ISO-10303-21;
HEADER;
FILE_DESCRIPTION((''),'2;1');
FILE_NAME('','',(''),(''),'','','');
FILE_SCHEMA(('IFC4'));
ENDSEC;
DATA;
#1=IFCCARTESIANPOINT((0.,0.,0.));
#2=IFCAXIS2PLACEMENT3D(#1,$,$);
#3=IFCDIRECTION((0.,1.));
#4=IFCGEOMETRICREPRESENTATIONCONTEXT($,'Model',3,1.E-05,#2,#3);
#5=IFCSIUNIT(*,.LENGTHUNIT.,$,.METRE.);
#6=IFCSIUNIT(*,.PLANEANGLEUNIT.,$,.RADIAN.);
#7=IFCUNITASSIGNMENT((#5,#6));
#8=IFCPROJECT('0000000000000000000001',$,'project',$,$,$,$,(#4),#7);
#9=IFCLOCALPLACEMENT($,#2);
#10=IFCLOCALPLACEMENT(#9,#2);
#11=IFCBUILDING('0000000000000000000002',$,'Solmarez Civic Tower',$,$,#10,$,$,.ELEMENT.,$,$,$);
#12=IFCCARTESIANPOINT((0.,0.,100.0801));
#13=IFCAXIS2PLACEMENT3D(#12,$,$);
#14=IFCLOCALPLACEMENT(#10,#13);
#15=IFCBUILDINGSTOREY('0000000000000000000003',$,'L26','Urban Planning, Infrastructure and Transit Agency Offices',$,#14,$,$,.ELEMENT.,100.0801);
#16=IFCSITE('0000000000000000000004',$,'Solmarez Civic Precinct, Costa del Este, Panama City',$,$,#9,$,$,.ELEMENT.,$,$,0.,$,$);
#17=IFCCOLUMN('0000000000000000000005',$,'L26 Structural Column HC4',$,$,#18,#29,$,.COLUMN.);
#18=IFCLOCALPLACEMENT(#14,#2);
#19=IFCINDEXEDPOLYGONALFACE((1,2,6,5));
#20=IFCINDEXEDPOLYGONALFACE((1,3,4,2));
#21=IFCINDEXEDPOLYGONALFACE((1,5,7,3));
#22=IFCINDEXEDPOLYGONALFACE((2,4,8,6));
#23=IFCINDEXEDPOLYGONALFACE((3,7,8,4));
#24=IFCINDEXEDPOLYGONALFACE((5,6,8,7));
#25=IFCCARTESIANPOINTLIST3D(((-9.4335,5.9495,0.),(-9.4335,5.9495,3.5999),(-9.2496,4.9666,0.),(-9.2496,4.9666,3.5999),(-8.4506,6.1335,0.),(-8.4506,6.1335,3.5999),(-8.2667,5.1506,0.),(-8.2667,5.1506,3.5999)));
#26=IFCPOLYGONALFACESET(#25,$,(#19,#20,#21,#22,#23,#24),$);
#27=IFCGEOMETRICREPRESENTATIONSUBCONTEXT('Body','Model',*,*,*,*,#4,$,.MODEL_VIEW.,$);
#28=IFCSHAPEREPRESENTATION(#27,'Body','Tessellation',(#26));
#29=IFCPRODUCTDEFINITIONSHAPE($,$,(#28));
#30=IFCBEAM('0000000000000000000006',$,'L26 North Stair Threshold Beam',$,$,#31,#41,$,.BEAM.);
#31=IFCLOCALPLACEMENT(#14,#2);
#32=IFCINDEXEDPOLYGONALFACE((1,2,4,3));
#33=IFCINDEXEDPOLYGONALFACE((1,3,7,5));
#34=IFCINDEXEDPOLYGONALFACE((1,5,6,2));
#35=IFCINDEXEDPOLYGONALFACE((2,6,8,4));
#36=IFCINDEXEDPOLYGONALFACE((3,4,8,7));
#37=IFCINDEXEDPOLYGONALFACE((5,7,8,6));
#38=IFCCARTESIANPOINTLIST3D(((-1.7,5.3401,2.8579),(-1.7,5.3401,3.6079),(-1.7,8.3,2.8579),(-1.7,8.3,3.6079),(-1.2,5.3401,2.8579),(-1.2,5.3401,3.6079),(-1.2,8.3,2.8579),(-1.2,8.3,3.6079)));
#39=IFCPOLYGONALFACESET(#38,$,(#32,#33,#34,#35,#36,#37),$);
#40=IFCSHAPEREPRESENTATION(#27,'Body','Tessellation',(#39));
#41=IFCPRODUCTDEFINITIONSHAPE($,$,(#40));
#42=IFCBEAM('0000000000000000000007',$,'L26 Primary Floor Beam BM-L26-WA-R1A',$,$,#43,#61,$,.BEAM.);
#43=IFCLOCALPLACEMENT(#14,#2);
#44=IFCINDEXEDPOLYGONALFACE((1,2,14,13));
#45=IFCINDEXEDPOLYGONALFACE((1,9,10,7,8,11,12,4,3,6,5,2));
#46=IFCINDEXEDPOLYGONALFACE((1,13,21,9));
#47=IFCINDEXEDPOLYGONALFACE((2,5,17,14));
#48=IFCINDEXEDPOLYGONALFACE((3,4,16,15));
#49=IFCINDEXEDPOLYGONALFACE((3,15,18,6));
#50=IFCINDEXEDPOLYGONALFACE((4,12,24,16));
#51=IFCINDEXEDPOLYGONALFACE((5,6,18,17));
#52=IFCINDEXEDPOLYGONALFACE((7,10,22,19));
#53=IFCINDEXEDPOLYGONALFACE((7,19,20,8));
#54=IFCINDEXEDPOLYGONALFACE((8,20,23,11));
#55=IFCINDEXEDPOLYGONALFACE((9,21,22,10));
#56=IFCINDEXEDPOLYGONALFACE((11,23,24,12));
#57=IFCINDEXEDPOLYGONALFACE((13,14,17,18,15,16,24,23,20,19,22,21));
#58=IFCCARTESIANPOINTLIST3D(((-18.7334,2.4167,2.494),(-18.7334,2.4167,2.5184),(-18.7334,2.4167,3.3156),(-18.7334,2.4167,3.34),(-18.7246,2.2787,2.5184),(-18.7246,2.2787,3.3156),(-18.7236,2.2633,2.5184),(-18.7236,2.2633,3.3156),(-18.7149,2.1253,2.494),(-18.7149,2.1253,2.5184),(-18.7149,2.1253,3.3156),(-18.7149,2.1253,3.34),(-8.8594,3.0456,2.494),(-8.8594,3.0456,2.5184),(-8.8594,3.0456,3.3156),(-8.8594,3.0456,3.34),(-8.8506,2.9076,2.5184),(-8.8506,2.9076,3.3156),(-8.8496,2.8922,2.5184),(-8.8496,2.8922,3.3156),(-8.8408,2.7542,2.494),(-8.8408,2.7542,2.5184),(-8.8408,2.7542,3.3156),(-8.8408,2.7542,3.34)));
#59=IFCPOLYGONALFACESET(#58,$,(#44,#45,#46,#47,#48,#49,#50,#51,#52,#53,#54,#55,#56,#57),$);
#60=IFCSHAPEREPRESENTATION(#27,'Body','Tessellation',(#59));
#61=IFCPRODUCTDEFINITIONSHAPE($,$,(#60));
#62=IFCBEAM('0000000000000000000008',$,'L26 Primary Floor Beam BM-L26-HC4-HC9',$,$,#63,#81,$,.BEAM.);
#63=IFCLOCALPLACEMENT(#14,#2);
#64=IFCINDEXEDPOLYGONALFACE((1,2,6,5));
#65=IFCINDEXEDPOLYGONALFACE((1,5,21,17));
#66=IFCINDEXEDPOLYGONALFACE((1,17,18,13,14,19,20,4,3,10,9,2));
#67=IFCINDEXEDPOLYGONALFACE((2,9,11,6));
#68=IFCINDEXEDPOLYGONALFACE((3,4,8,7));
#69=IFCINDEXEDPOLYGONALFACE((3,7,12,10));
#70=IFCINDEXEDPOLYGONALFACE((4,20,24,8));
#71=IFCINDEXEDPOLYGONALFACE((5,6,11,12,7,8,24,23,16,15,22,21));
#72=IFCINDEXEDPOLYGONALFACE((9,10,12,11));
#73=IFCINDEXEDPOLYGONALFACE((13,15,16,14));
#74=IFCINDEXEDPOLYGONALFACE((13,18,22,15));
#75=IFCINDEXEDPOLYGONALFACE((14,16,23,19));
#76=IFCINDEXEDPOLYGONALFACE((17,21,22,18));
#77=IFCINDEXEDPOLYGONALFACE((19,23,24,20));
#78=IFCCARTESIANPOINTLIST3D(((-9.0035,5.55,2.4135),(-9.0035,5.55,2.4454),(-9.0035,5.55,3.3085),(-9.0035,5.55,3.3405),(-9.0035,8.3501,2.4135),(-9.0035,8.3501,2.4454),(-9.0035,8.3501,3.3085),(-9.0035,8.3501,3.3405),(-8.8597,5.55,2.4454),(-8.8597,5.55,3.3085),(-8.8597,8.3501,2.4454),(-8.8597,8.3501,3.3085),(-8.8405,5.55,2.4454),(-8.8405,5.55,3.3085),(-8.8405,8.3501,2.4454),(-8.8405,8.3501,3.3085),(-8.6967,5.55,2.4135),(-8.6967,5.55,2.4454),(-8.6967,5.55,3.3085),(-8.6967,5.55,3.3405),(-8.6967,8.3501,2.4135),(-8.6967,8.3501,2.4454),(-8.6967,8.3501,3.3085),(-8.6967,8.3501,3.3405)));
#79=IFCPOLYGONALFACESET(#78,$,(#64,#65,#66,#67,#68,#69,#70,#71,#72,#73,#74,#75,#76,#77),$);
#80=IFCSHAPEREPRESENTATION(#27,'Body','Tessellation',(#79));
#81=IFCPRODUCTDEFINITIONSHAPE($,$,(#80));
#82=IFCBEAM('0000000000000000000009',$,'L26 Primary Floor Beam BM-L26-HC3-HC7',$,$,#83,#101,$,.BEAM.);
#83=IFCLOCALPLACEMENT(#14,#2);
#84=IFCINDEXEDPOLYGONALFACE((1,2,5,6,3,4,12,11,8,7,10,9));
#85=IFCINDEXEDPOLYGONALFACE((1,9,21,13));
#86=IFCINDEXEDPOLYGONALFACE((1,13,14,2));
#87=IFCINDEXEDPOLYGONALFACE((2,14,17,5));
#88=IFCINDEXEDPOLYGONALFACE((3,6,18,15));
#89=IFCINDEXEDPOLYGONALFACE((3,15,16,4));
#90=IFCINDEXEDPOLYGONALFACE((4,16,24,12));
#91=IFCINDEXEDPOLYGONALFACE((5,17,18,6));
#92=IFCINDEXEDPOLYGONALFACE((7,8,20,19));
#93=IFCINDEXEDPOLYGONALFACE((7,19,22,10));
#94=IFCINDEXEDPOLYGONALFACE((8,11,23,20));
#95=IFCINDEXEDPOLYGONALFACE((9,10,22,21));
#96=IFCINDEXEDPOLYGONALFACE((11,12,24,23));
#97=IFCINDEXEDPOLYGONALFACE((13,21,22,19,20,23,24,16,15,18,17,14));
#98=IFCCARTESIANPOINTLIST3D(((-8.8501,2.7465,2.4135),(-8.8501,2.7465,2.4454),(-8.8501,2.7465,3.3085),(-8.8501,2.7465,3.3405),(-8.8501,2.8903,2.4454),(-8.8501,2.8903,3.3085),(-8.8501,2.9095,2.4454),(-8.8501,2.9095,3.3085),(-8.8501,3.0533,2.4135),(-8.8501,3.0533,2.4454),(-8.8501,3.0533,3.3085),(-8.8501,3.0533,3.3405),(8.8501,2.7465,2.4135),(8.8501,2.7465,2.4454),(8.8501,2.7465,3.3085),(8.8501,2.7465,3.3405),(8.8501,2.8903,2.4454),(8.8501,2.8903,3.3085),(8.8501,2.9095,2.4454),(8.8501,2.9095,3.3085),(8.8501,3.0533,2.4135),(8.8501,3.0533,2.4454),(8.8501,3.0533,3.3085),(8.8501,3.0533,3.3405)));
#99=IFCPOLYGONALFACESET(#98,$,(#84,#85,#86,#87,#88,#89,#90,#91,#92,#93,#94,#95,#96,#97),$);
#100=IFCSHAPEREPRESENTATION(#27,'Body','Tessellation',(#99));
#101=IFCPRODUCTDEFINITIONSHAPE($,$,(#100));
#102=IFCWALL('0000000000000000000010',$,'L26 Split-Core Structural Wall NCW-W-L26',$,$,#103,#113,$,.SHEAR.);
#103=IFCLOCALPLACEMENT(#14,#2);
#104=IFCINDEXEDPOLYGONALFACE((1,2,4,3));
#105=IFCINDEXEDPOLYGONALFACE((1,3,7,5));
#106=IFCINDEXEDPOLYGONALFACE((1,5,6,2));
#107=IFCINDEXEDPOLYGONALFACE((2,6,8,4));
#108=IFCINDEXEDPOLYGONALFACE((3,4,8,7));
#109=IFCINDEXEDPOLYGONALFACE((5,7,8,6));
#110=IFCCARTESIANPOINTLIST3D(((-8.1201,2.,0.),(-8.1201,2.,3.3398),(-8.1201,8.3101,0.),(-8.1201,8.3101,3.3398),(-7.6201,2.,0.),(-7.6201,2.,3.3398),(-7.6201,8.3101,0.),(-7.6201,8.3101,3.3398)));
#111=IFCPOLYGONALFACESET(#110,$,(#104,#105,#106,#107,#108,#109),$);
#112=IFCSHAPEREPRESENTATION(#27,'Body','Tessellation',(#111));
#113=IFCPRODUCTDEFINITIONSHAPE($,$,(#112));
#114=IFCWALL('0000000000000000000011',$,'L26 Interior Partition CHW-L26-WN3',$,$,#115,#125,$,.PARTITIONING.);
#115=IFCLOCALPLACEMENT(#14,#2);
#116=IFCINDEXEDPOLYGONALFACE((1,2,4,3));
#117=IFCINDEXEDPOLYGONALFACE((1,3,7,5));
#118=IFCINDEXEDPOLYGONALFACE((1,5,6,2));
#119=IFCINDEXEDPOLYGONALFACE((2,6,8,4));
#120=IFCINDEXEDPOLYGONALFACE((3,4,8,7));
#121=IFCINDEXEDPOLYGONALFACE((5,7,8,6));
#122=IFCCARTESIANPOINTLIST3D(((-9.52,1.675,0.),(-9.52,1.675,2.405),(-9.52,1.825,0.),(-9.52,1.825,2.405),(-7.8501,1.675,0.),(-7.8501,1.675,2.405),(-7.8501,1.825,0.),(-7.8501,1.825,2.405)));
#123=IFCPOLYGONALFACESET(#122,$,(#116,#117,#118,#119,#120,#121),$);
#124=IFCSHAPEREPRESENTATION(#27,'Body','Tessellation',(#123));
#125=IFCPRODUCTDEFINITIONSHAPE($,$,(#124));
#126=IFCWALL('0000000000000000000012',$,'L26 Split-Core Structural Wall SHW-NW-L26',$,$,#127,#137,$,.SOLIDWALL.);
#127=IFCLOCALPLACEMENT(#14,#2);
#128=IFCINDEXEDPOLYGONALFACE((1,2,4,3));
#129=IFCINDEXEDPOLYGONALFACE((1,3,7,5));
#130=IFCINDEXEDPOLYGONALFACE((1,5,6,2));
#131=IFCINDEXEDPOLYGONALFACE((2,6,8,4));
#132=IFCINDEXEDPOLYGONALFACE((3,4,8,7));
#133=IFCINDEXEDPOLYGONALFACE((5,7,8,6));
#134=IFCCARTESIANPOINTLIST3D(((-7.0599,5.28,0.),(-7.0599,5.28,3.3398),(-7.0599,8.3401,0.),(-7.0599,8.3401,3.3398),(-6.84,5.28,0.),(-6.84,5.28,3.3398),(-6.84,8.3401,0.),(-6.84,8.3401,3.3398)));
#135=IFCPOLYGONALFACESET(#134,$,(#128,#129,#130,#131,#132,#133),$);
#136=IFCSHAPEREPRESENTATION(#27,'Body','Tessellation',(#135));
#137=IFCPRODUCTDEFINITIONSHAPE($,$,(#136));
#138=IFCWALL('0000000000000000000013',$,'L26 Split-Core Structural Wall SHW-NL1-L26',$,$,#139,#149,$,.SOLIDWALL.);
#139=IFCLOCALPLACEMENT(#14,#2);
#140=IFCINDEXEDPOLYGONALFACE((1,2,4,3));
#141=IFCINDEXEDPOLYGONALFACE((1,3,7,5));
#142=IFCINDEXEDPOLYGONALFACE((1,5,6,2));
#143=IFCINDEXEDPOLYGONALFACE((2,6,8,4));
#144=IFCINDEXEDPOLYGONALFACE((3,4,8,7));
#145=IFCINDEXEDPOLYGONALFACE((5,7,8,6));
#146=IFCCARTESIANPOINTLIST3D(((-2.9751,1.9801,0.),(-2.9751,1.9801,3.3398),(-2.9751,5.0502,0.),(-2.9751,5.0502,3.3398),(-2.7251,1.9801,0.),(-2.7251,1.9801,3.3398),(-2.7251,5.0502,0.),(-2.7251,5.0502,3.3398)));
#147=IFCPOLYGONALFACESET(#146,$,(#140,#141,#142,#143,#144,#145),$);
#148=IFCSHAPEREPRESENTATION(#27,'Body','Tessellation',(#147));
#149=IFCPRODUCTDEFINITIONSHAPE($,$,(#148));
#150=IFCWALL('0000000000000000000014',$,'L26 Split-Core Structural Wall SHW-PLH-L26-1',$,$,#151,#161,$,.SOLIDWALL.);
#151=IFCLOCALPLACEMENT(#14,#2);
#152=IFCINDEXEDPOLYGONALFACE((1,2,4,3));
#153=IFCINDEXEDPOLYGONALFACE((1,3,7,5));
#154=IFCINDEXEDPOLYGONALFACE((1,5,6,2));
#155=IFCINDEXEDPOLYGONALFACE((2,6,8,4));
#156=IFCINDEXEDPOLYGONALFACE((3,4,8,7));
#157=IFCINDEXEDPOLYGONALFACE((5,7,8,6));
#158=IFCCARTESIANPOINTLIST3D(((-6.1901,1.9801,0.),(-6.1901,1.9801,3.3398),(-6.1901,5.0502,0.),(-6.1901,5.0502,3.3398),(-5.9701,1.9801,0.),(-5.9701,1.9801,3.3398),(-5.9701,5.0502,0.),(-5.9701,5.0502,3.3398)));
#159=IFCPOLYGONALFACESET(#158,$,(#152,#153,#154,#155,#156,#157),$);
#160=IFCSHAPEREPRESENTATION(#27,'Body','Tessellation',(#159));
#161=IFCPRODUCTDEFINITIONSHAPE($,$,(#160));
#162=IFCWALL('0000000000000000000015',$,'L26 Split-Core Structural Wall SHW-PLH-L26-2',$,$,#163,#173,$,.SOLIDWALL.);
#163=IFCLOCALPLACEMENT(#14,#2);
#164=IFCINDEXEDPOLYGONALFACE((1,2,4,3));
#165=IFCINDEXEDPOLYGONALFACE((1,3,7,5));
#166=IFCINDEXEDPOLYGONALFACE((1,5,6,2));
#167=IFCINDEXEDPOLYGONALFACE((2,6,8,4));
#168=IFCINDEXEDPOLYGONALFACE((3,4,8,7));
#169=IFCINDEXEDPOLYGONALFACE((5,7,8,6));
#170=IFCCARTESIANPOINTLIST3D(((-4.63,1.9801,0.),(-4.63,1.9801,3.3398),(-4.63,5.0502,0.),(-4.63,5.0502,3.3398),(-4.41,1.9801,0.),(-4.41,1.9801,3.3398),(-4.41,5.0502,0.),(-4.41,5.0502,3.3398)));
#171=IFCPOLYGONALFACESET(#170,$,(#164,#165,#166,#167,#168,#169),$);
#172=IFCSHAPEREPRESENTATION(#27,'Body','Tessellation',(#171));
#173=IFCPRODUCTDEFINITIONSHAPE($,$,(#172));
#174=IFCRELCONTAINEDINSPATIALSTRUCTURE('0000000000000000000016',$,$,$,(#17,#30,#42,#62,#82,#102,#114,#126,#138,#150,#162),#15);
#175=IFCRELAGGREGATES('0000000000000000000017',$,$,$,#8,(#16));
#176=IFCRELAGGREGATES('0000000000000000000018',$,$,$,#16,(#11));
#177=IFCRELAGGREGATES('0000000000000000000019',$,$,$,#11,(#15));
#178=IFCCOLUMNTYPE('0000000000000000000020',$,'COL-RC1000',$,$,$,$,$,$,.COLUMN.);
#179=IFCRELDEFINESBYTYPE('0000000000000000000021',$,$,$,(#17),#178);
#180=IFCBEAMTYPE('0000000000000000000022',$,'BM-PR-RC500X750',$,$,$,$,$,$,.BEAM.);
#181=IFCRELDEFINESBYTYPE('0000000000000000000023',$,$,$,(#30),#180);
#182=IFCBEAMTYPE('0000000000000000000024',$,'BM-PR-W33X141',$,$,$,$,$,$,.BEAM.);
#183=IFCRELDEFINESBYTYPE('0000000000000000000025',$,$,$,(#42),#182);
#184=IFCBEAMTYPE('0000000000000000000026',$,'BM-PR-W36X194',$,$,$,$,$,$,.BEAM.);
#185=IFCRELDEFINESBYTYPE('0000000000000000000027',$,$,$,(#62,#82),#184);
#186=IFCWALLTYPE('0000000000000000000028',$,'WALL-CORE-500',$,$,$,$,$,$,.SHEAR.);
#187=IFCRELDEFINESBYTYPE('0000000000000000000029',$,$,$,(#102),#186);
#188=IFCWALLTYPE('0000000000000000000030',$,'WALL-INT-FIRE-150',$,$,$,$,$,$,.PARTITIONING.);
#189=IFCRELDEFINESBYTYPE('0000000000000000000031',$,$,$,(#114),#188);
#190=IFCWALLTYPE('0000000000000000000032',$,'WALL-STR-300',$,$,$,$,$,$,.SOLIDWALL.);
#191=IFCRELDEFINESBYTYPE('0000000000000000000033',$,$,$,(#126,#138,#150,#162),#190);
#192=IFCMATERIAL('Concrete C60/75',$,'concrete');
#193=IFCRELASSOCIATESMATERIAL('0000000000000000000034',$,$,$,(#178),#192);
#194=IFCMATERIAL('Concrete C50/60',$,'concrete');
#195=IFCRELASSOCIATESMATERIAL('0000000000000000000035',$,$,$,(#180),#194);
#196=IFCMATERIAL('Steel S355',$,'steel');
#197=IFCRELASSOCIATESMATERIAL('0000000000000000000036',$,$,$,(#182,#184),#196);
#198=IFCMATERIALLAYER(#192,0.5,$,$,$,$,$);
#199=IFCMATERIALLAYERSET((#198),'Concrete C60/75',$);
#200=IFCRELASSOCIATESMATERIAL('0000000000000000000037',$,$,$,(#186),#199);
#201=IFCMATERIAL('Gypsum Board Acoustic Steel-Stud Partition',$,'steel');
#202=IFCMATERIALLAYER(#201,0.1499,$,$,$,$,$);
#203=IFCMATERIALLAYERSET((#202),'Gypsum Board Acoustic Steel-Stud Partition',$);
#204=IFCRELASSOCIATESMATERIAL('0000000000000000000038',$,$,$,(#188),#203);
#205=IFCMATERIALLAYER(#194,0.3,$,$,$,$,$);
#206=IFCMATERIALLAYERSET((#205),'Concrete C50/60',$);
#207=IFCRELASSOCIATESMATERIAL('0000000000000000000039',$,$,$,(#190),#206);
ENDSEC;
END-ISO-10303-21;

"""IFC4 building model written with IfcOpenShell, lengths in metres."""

from ifc_helpers import new_model, si_unit, direction, frame, frame_2d, origin, origin_2d, place, context, subcontext, project, spatial, rectangle, i_section, extrude, material, layer, layer_set, material_profile, profile_set, type_object, element, save


model = new_model("IFC4")

# Units and contexts
model_context = context("Model", 3, precision=1e-05, world=origin(), true_north=direction((0.0, 1.0)))
body_context = subcontext(model_context, "Body", "Model", "MODEL_VIEW")
ifc_project = project(units=[si_unit("LENGTHUNIT", "METRE"), si_unit("PLANEANGLEUNIT", "RADIAN")], contexts=[model_context])

# Site, building, storey
site_placement = place(None, origin())
site = spatial("IfcSite", under=ifc_project, at=site_placement, Name="Solmarez Civic Precinct, Costa del Este, Panama City", CompositionType="ELEMENT", RefElevation=0.0)
building_placement = place(site_placement, origin())
building = spatial("IfcBuilding", under=site, at=building_placement, Name="Solmarez Civic Tower", CompositionType="ELEMENT")
storey_placement = place(building_placement, frame((0.0, 0.0, 100.0801)))
storey = spatial("IfcBuildingStorey", under=building, at=storey_placement, Name="L26", Description="Urban Planning, Infrastructure and Transit Agency Offices", CompositionType="ELEMENT", Elevation=100.0801)

# Column
ifc_material_1 = material(Name="Concrete C60/75", Category="concrete")
ifc_material_profile_1 = material_profile(ifc_material_1, rectangle(XDim=1.0, YDim=1.0, at=origin_2d()), Name="RC1000X1000")
ifc_profile_set_1 = profile_set([ifc_material_profile_1], Name="Concrete C60/75")
column_type = type_object("IfcColumnType", Name="COL-RC1000", PredefinedType="COLUMN", material=ifc_profile_set_1)
column_placement = place(storey_placement, frame((-8.8501, 5.55, 0.0), z_axis=(0.0, 0.0, 1.0), x_axis=(0.982935, 0.183951, 0.0)))
element("IfcColumn", 1, at=column_placement, inside=storey, type_object=column_type, Name="L26 Structural Column HC4", PredefinedType="COLUMN", context=body_context, shape_type="SweptSolid", body=[
    extrude(rectangle(XDim=1.0, YDim=1.0, at=origin_2d()), origin(), (0.0, 0.0, 1.0), 3.5999),
])

# Beams
ifc_material_2 = material(Name="Concrete C50/60", Category="concrete")
ifc_material_profile_2 = material_profile(ifc_material_2, rectangle(XDim=0.5, YDim=0.75, at=origin_2d()), Name="RC500X750")
ifc_profile_set_2 = profile_set([ifc_material_profile_2], Name="Concrete C50/60")
beam_type_1 = type_object("IfcBeamType", Name="BM-PR-RC500X750", PredefinedType="BEAM", material=ifc_profile_set_2)
beam_1_placement = place(storey_placement, frame((-1.45, 5.3401, 3.2329), z_axis=(0.0, 1.0, 0.0), x_axis=(-1.0, 0.0, 0.0)))
element("IfcBeam", 2, at=beam_1_placement, inside=storey, type_object=beam_type_1, Name="L26 North Stair Threshold Beam", PredefinedType="BEAM", context=body_context, shape_type="SweptSolid", body=[
    extrude(rectangle(XDim=0.5, YDim=0.75, at=origin_2d()), origin(), (0.0, 0.0, 1.0), 2.96),
])
ifc_material_3 = material(Name="Steel S355", Category="steel")
ifc_material_profile_3 = material_profile(ifc_material_3, i_section(OverallWidth=0.292, OverallDepth=0.8459, WebThickness=0.0154, FlangeThickness=0.0244, at=origin_2d()), Name="W33X141")
ifc_profile_set_3 = profile_set([ifc_material_profile_3], Name="Steel S355")
beam_type_2 = type_object("IfcBeamType", Name="BM-PR-W33X141", PredefinedType="BEAM", material=ifc_profile_set_3)
beam_2_placement = place(storey_placement, frame((-8.8501, 2.8999, 2.917), z_axis=(-0.997978, -0.063564, 0.0), x_axis=(0.063564, -0.997978, 0.0)))
element("IfcBeam", 3, at=beam_2_placement, inside=storey, type_object=beam_type_2, Name="L26 Primary Floor Beam BM-L26-WA-R1A", PredefinedType="BEAM", context=body_context, shape_type="SweptSolid", body=[
    extrude(i_section(OverallWidth=0.292, OverallDepth=0.8459, WebThickness=0.0154, FlangeThickness=0.0244, at=origin_2d()), origin(), (0.0, 0.0, 1.0), 9.894),
])
ifc_material_profile_4 = material_profile(ifc_material_3, i_section(OverallWidth=0.3069, OverallDepth=0.927, WebThickness=0.0193, FlangeThickness=0.032, at=origin_2d()), Name="W36X194")
ifc_profile_set_4 = profile_set([ifc_material_profile_4], Name="Steel S355")
beam_type_3 = type_object("IfcBeamType", Name="BM-PR-W36X194", PredefinedType="BEAM", material=ifc_profile_set_4)
beam_3_placement = place(storey_placement, frame((-8.8501, 5.55, 2.877), z_axis=(0.0, 1.0, 0.0), x_axis=(-1.0, 0.0, 0.0)))
element("IfcBeam", 4, at=beam_3_placement, inside=storey, type_object=beam_type_3, Name="L26 Primary Floor Beam BM-L26-HC4-HC9", PredefinedType="BEAM", context=body_context, shape_type="SweptSolid", body=[
    extrude(i_section(OverallWidth=0.3069, OverallDepth=0.927, WebThickness=0.0193, FlangeThickness=0.032, at=origin_2d()), origin(), (0.0, 0.0, 1.0), 2.8),
])
beam_4_placement = place(storey_placement, frame((-8.8501, 2.8999, 2.877), z_axis=(1.0, 0.0, 0.0), x_axis=(0.0, 1.0, 0.0)))
element("IfcBeam", 5, at=beam_4_placement, inside=storey, type_object=beam_type_3, Name="L26 Primary Floor Beam BM-L26-HC3-HC7", PredefinedType="BEAM", context=body_context, shape_type="SweptSolid", body=[
    extrude(i_section(OverallWidth=0.3069, OverallDepth=0.927, WebThickness=0.0193, FlangeThickness=0.032, at=origin_2d()), origin(), (0.0, 0.0, 1.0), 17.7002),
])

# Walls
ifc_layer_1 = layer(ifc_material_1, 0.5)
ifc_layer_set_1 = layer_set([ifc_layer_1], Name="Concrete C60/75")
wall_type_1 = type_object("IfcWallType", Name="WALL-CORE-500", PredefinedType="SHEAR", material=ifc_layer_set_1)
wall_1_placement = place(storey_placement, frame((-7.8701, 2.0, 0.0), z_axis=(0.0, 0.0, 1.0), x_axis=(0.0, 1.0, 0.0)))
element("IfcWall", 6, at=wall_1_placement, inside=storey, type_object=wall_type_1, Name="L26 Split-Core Structural Wall NCW-W-L26", PredefinedType="SHEAR", context=body_context, shape_type="SweptSolid", body=[
    extrude(rectangle(XDim=6.3101, YDim=0.5, at=frame_2d((3.155, 0.0))), origin(), (0.0, 0.0, 1.0), 3.3398),
])
ifc_material_4 = material(Name="Gypsum Board Acoustic Steel-Stud Partition", Category="steel")
ifc_layer_2 = layer(ifc_material_4, 0.1499)
ifc_layer_set_2 = layer_set([ifc_layer_2], Name="Gypsum Board Acoustic Steel-Stud Partition")
wall_type_2 = type_object("IfcWallType", Name="WALL-INT-FIRE-150", PredefinedType="PARTITIONING", material=ifc_layer_set_2)
wall_2_placement = place(storey_placement, frame((-7.8501, 1.75, 0.0), z_axis=(0.0, 0.0, 1.0), x_axis=(-1.0, 0.0, 0.0)))
element("IfcWall", 7, at=wall_2_placement, inside=storey, type_object=wall_type_2, Name="L26 Interior Partition CHW-L26-WN3", PredefinedType="PARTITIONING", context=body_context, shape_type="SweptSolid", body=[
    extrude(rectangle(XDim=1.6699, YDim=0.1499, at=frame_2d((0.835, 0.0))), origin(), (0.0, 0.0, 1.0), 2.405),
])
ifc_layer_3 = layer(ifc_material_2, 0.3)
ifc_layer_set_3 = layer_set([ifc_layer_3], Name="Concrete C50/60")
wall_type_3 = type_object("IfcWallType", Name="WALL-STR-300", PredefinedType="SOLIDWALL", material=ifc_layer_set_3)
wall_3_placement = place(storey_placement, frame((-6.95, 5.28, 0.0), z_axis=(0.0, 0.0, 1.0), x_axis=(0.0, 1.0, 0.0)))
element("IfcWall", 8, at=wall_3_placement, inside=storey, type_object=wall_type_3, Name="L26 Split-Core Structural Wall SHW-NW-L26", PredefinedType="SOLIDWALL", context=body_context, shape_type="SweptSolid", body=[
    extrude(rectangle(XDim=3.0601, YDim=0.22, at=frame_2d((1.53, 0.0))), origin(), (0.0, 0.0, 1.0), 3.3398),
])
wall_4_placement = place(storey_placement, frame((-2.8501, 1.98, 0.0), z_axis=(0.0, 0.0, 1.0), x_axis=(0.0, 1.0, 0.0)))
element("IfcWall", 9, at=wall_4_placement, inside=storey, type_object=wall_type_3, Name="L26 Split-Core Structural Wall SHW-NL1-L26", PredefinedType="SOLIDWALL", context=body_context, shape_type="SweptSolid", body=[
    extrude(rectangle(XDim=3.0701, YDim=0.25, at=frame_2d((1.5352, 0.0))), origin(), (0.0, 0.0, 1.0), 3.3398),
])
for number, where, z_axis, x_axis, name in (
    (10, (-6.0801, 1.98, 0.0), (0.0, 0.0, 1.0), (0.0, 1.0, 0.0), "L26 Split-Core Structural Wall SHW-PLH-L26-1"),
    (11, (-4.52, 1.98, 0.0), (0.0, 0.0, 1.0), (0.0, 1.0, 0.0), "L26 Split-Core Structural Wall SHW-PLH-L26-2"),
):
    element("IfcWall", number, at=place(storey_placement, frame(where, z_axis=z_axis, x_axis=x_axis)), inside=storey, type_object=wall_type_3, Name=name, PredefinedType="SOLIDWALL", context=body_context, shape_type="SweptSolid", body=[
        extrude(rectangle(XDim=3.0701, YDim=0.22, at=frame_2d((1.5352, 0.0))), origin(), (0.0, 0.0, 1.0), 3.3398),
    ])

save(model, "model.ifc")
